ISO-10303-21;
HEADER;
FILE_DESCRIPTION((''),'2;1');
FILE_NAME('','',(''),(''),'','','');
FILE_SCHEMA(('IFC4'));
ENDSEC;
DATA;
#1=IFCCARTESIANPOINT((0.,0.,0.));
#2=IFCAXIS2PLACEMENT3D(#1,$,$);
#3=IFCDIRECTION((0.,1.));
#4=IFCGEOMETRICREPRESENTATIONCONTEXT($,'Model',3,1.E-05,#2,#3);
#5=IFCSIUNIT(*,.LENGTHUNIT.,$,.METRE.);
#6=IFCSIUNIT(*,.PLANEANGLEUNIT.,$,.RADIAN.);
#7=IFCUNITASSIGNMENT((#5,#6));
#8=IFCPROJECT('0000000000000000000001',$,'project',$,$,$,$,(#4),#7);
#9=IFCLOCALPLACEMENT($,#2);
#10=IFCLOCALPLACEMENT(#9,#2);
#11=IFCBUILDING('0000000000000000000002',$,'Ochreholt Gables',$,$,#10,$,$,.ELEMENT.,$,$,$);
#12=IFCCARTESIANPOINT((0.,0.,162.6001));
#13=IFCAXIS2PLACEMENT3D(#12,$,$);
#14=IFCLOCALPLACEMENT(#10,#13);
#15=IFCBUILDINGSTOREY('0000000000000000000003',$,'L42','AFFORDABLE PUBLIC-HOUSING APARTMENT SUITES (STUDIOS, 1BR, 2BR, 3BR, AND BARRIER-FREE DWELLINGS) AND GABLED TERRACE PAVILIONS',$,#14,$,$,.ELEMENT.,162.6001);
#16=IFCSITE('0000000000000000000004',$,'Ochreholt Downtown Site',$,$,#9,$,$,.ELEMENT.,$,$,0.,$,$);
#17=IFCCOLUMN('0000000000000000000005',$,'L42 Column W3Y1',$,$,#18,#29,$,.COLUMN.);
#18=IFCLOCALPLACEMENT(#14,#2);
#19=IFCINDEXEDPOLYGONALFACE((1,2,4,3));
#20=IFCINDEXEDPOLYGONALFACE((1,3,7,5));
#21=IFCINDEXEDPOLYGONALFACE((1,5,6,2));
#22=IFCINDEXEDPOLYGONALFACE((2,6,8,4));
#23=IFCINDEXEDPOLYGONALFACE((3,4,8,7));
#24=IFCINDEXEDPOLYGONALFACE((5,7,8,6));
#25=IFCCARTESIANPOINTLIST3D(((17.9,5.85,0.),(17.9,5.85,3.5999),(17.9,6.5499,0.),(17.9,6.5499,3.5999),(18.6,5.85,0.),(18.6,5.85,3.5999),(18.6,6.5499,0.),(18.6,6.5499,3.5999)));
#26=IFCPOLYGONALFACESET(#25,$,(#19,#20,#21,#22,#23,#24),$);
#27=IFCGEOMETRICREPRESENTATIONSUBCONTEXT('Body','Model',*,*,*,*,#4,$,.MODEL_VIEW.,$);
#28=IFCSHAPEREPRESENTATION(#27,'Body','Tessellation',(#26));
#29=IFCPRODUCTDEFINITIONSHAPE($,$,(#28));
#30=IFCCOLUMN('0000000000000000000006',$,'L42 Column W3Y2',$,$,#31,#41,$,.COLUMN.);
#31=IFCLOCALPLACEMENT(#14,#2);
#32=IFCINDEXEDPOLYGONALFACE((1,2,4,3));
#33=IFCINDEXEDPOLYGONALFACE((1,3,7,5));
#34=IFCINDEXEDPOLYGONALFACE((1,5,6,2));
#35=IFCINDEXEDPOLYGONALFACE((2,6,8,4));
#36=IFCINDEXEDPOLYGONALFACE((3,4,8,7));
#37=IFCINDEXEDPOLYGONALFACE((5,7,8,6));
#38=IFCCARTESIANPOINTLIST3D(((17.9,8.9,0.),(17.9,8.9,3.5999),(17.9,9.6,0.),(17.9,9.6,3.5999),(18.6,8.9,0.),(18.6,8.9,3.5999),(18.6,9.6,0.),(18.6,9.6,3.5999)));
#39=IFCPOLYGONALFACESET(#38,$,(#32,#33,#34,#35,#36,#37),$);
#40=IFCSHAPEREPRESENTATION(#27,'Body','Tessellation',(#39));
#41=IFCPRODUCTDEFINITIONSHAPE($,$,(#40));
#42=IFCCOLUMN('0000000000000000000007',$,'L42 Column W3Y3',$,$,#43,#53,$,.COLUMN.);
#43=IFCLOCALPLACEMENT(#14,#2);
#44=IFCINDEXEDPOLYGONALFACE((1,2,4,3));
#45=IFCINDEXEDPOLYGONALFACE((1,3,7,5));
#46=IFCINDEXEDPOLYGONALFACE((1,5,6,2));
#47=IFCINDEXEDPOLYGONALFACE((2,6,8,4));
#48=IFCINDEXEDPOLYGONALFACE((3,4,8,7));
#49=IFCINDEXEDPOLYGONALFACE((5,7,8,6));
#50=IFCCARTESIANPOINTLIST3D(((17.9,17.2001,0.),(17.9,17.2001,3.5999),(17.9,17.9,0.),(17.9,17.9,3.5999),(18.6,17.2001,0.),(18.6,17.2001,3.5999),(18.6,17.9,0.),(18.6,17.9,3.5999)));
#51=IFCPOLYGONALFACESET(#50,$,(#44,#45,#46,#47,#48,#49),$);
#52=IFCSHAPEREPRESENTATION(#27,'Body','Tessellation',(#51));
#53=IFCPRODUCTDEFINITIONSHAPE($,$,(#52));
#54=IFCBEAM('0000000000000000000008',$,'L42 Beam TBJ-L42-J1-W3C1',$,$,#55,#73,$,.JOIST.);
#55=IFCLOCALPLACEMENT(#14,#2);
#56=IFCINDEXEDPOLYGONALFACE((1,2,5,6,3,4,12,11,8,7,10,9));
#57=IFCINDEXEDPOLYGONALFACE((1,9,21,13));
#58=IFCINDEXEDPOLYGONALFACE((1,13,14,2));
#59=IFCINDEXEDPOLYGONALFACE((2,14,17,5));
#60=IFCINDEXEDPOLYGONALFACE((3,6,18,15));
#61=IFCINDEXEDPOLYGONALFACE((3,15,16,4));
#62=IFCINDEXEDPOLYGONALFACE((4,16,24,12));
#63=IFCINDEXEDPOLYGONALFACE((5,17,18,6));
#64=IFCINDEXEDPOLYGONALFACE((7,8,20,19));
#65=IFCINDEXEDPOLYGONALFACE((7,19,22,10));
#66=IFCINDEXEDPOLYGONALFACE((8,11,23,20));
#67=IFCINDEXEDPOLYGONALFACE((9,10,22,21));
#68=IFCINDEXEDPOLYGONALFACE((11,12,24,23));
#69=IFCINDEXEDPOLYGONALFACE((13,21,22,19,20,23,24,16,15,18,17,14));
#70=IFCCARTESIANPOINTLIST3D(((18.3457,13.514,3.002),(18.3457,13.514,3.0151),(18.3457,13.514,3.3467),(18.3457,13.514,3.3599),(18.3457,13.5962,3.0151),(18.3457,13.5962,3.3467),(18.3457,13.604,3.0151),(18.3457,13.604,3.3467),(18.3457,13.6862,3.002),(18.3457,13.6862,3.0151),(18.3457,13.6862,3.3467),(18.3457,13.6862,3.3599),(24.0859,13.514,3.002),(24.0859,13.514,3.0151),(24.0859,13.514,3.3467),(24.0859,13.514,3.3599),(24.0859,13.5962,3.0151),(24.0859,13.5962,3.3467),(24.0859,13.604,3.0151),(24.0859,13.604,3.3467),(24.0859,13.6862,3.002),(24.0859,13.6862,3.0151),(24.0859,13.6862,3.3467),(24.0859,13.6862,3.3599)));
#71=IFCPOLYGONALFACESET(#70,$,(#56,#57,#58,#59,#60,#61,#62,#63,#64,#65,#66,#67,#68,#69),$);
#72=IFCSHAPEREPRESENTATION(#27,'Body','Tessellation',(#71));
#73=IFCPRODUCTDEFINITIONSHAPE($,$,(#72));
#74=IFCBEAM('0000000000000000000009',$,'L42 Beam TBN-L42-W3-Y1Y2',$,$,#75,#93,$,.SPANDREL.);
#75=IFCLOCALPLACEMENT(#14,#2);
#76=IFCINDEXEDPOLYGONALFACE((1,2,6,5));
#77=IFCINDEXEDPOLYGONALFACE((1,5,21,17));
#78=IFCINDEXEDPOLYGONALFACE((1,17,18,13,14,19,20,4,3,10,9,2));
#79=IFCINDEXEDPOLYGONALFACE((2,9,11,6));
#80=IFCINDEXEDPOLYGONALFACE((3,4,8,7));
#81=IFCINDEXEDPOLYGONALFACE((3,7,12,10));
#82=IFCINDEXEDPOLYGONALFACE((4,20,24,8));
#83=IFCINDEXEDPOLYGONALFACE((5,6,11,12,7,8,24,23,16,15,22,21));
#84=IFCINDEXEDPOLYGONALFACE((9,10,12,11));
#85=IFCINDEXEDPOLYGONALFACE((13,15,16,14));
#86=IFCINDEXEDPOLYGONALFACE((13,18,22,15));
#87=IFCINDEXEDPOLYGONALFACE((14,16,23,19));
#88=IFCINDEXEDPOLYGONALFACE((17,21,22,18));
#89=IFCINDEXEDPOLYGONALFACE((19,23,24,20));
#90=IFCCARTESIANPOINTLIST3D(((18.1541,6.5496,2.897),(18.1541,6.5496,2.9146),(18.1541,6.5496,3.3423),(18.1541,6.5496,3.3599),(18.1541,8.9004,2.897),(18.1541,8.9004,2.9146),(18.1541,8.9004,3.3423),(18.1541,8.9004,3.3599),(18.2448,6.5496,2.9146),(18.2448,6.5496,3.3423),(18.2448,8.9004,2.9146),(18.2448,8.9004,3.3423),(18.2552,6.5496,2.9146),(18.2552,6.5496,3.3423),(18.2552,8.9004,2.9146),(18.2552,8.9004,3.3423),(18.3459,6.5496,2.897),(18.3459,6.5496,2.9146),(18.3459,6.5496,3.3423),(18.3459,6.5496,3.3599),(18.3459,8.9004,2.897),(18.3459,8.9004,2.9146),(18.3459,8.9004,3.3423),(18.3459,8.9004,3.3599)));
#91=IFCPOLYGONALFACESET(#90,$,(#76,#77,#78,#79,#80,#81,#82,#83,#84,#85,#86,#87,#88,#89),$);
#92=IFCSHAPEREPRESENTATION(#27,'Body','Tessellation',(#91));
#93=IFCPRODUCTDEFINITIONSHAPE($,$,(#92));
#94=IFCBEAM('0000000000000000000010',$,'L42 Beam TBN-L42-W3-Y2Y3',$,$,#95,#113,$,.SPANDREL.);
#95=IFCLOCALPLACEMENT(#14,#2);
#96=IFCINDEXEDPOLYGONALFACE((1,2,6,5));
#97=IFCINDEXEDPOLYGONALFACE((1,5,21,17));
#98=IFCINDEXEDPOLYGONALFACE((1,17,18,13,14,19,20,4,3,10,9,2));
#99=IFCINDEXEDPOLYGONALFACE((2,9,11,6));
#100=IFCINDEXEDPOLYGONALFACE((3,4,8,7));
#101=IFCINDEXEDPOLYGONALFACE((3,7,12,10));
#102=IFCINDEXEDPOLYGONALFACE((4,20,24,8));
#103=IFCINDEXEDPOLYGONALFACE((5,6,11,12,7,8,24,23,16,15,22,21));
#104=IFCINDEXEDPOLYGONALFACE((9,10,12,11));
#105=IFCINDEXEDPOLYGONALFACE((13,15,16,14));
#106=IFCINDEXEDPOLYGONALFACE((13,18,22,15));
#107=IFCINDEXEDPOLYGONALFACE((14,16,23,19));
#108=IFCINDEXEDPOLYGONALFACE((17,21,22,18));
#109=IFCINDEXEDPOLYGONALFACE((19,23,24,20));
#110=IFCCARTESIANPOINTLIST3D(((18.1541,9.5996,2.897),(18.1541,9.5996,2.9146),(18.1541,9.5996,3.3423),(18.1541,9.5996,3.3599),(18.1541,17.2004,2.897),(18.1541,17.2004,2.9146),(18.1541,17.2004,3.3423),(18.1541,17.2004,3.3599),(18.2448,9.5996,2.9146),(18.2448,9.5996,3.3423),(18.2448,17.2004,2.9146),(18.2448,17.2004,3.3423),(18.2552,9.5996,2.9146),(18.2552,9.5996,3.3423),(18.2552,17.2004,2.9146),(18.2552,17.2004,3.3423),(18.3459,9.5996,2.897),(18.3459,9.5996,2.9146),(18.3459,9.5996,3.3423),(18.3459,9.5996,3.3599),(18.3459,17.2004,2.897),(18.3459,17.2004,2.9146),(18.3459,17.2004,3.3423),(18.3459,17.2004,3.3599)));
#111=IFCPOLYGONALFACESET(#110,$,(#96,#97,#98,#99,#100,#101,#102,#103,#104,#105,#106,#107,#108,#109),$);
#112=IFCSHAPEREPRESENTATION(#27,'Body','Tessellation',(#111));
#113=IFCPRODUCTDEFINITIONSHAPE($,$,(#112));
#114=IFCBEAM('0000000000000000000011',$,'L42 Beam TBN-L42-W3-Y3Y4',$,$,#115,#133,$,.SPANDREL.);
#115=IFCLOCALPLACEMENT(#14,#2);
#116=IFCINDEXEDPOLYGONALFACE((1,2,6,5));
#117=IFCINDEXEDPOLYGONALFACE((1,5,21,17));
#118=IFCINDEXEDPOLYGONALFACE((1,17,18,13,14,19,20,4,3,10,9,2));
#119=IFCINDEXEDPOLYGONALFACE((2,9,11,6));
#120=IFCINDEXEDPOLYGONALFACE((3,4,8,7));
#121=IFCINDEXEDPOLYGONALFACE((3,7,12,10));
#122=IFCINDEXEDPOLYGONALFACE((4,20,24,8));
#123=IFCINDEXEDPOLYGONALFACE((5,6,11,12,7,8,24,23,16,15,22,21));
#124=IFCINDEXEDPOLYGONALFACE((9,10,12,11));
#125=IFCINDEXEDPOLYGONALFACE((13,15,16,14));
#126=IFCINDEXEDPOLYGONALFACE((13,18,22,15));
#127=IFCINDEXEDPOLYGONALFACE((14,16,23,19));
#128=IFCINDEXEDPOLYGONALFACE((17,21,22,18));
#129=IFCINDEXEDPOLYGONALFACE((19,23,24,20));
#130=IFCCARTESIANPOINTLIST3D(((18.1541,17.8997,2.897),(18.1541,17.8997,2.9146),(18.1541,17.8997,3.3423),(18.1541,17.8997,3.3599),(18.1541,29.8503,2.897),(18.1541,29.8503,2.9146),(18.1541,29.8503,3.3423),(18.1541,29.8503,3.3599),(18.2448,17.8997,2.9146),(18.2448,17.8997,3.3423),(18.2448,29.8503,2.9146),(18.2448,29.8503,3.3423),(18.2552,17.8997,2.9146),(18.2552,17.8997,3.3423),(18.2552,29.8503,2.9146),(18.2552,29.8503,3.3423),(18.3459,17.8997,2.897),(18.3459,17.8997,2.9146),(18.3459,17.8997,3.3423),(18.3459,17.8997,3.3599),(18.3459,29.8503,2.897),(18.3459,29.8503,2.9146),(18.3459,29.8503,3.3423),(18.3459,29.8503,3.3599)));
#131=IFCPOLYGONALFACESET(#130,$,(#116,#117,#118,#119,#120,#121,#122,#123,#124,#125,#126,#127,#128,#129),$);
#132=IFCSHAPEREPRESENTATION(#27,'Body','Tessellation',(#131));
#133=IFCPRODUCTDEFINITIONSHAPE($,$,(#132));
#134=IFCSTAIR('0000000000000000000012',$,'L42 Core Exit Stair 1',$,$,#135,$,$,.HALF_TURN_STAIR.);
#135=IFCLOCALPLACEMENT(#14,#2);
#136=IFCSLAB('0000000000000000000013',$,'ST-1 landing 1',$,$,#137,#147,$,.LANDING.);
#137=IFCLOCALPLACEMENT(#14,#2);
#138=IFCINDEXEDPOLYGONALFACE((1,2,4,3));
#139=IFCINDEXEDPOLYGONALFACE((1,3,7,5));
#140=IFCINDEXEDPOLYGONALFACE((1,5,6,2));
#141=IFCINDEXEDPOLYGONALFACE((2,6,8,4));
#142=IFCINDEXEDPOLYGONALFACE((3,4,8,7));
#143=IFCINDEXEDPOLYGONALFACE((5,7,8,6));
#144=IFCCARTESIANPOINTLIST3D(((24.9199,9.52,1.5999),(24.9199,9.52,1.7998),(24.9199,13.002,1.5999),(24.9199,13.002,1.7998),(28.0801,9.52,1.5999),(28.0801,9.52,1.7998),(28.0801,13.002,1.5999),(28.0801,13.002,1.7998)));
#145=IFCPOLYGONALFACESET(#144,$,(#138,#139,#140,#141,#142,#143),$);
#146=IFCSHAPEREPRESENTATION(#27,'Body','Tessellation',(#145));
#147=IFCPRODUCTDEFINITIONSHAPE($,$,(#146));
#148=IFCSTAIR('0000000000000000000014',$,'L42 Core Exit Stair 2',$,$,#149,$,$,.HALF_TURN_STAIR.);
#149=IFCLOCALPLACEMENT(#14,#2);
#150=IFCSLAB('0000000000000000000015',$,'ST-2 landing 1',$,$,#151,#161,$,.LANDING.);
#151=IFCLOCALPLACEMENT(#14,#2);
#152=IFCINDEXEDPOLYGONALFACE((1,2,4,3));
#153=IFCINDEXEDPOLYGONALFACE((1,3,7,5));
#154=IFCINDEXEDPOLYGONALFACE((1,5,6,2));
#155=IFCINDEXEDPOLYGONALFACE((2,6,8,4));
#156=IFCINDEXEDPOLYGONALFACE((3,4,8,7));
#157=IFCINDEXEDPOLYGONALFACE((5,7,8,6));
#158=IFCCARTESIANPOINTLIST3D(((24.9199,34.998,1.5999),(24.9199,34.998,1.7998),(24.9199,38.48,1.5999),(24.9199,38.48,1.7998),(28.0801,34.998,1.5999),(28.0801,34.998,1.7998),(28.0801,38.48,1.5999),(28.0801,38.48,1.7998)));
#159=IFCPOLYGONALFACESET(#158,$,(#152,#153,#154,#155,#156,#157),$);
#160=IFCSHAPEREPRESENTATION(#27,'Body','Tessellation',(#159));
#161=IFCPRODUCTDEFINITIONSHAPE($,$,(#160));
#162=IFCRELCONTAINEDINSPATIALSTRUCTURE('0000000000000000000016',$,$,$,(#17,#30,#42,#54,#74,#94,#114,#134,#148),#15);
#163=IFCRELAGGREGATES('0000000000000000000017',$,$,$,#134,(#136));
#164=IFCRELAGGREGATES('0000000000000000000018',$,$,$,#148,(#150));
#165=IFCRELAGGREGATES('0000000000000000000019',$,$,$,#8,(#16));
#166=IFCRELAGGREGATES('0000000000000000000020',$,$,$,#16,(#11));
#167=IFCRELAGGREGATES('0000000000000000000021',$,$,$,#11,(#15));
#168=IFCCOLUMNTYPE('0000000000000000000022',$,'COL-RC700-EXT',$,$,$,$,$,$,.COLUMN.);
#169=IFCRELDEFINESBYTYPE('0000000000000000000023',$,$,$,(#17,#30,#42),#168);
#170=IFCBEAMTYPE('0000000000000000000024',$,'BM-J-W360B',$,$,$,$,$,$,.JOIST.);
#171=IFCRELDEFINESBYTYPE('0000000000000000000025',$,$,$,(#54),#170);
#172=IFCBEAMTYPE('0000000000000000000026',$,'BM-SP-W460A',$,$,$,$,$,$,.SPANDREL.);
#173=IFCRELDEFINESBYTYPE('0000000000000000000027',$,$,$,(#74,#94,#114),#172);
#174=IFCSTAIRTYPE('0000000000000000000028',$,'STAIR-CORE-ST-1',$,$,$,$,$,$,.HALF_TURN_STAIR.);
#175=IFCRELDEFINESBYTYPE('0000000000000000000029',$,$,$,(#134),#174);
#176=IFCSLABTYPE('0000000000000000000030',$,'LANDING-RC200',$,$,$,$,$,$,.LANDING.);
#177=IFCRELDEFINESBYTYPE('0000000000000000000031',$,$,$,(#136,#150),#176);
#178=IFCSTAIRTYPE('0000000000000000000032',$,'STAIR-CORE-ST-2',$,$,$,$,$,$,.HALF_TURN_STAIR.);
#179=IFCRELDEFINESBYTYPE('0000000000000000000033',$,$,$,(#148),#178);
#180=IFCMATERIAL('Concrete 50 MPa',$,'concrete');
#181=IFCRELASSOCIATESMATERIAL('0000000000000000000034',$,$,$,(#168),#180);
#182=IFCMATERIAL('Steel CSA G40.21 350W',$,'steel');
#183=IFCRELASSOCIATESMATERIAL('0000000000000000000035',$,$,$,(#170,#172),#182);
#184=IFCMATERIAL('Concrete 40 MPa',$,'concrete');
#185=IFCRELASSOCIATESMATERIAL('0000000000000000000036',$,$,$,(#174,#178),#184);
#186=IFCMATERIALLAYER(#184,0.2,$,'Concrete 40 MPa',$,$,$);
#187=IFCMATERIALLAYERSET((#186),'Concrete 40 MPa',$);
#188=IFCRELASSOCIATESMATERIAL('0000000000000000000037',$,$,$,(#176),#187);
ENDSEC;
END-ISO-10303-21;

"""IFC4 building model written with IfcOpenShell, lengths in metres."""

from ifc_helpers import new_model, si_unit, direction, frame, origin, origin_2d, place, context, subcontext, project, spatial, polyline, rectangle, i_section, outline, extrude, material, layer, layer_set, material_profile, profile_set, type_object, element, aggregate, save


model = new_model("IFC4")

# Units and contexts
model_context = context("Model", 3, precision=1e-05, world=origin(), true_north=direction((0.0, 1.0)))
body_context = subcontext(model_context, "Body", "Model", "MODEL_VIEW")
ifc_project = project(units=[si_unit("LENGTHUNIT", "METRE"), si_unit("PLANEANGLEUNIT", "RADIAN")], contexts=[model_context])

# Site, building, storey
site_placement = place(None, origin())
site = spatial("IfcSite", under=ifc_project, at=site_placement, Name="Ochreholt Downtown Site", CompositionType="ELEMENT", RefElevation=0.0)
building_placement = place(site_placement, origin())
building = spatial("IfcBuilding", under=site, at=building_placement, Name="Ochreholt Gables", CompositionType="ELEMENT")
storey_placement = place(building_placement, frame((0.0, 0.0, 162.6001)))
storey = spatial("IfcBuildingStorey", under=building, at=storey_placement, Name="L42", Description="AFFORDABLE PUBLIC-HOUSING APARTMENT SUITES (STUDIOS, 1BR, 2BR, 3BR, AND BARRIER-FREE DWELLINGS) AND GABLED TERRACE PAVILIONS", CompositionType="ELEMENT", Elevation=162.6001)

# Columns
ifc_material_1 = material(Name="Concrete 50 MPa", Category="concrete")
ifc_material_profile_1 = material_profile(ifc_material_1, rectangle(XDim=0.7, YDim=0.7, at=origin_2d()), Name="RC700X700")
ifc_profile_set_1 = profile_set([ifc_material_profile_1], Name="Concrete 50 MPa")
column_type = type_object("IfcColumnType", Name="COL-RC700-EXT", PredefinedType="COLUMN", material=ifc_profile_set_1)
for number, where, z_axis, x_axis, name in (
    (1, (18.25, 6.2, 0.0), (0.0, 0.0, 1.0), (1.0, 0.0, 0.0), "L42 Column W3Y1"),
    (2, (18.25, 9.25, 0.0), (0.0, 0.0, 1.0), (1.0, 0.0, 0.0), "L42 Column W3Y2"),
    (3, (18.25, 17.55, 0.0), (0.0, 0.0, 1.0), (1.0, 0.0, 0.0), "L42 Column W3Y3"),
):
    element("IfcColumn", number, at=place(storey_placement, frame(where, z_axis=z_axis, x_axis=x_axis)), inside=storey, type_object=column_type, Name=name, PredefinedType="COLUMN", context=body_context, shape_type="SweptSolid", body=[
        extrude(rectangle(XDim=0.7, YDim=0.7, at=origin_2d()), origin(), (0.0, 0.0, 1.0), 3.5999),
    ])

# Beams
ifc_material_2 = material(Name="Steel CSA G40.21 350W", Category="steel")
ifc_material_profile_2 = material_profile(ifc_material_2, i_section(OverallWidth=0.1721, OverallDepth=0.3579, WebThickness=0.0078, FlangeThickness=0.0132, at=origin_2d()), Name="W360X57")
ifc_profile_set_2 = profile_set([ifc_material_profile_2], Name="Steel CSA G40.21 350W")
beam_type_1 = type_object("IfcBeamType", Name="BM-J-W360B", PredefinedType="JOIST", material=ifc_profile_set_2)
beam_1_placement = place(storey_placement, frame((18.3457, 13.6001, 3.1809), z_axis=(1.0, 0.0, 0.0), x_axis=(0.0, 1.0, 0.0)))
element("IfcBeam", 4, at=beam_1_placement, inside=storey, type_object=beam_type_1, Name="L42 Beam TBJ-L42-J1-W3C1", PredefinedType="JOIST", context=body_context, shape_type="SweptSolid", body=[
    extrude(i_section(OverallWidth=0.1721, OverallDepth=0.3579, WebThickness=0.0078, FlangeThickness=0.0132, at=origin_2d()), origin(), (0.0, 0.0, 1.0), 5.7402),
])
ifc_material_profile_3 = material_profile(ifc_material_2, i_section(OverallWidth=0.1919, OverallDepth=0.4629, WebThickness=0.0105, FlangeThickness=0.0176, at=origin_2d()), Name="W460X89")
ifc_profile_set_3 = profile_set([ifc_material_profile_3], Name="Steel CSA G40.21 350W")
beam_type_2 = type_object("IfcBeamType", Name="BM-SP-W460A", PredefinedType="SPANDREL", material=ifc_profile_set_3)
beam_2_placement = place(storey_placement, frame((18.25, 6.5496, 3.1284), z_axis=(0.0, 1.0, 0.0), x_axis=(-1.0, 0.0, 0.0)))
element("IfcBeam", 5, at=beam_2_placement, inside=storey, type_object=beam_type_2, Name="L42 Beam TBN-L42-W3-Y1Y2", PredefinedType="SPANDREL", context=body_context, shape_type="SweptSolid", body=[
    extrude(i_section(OverallWidth=0.1919, OverallDepth=0.4629, WebThickness=0.0105, FlangeThickness=0.0176, at=origin_2d()), origin(), (0.0, 0.0, 1.0), 2.3508),
])
beam_3_placement = place(storey_placement, frame((18.25, 9.5996, 3.1284), z_axis=(0.0, 1.0, 0.0), x_axis=(-1.0, 0.0, 0.0)))
element("IfcBeam", 6, at=beam_3_placement, inside=storey, type_object=beam_type_2, Name="L42 Beam TBN-L42-W3-Y2Y3", PredefinedType="SPANDREL", context=body_context, shape_type="SweptSolid", body=[
    extrude(i_section(OverallWidth=0.1919, OverallDepth=0.4629, WebThickness=0.0105, FlangeThickness=0.0176, at=origin_2d()), origin(), (0.0, 0.0, 1.0), 7.6008),
])
beam_4_placement = place(storey_placement, frame((18.25, 17.8997, 3.1284), z_axis=(0.0, 1.0, 0.0), x_axis=(-1.0, 0.0, 0.0)))
element("IfcBeam", 7, at=beam_4_placement, inside=storey, type_object=beam_type_2, Name="L42 Beam TBN-L42-W3-Y3Y4", PredefinedType="SPANDREL", context=body_context, shape_type="SweptSolid", body=[
    extrude(i_section(OverallWidth=0.1919, OverallDepth=0.4629, WebThickness=0.0105, FlangeThickness=0.0176, at=origin_2d()), origin(), (0.0, 0.0, 1.0), 11.9507),
])

# Stairs, slabs
ifc_material_3 = material(Name="Concrete 40 MPa", Category="concrete")
stair_type_1 = type_object("IfcStairType", Name="STAIR-CORE-ST-1", PredefinedType="HALF_TURN_STAIR", material=ifc_material_3)
stair_1_placement = place(storey_placement, origin())
stair_1 = element("IfcStair", 8, at=stair_1_placement, inside=storey, type_object=stair_type_1, Name="L42 Core Exit Stair 1", PredefinedType="HALF_TURN_STAIR")
ifc_layer_1 = layer(ifc_material_3, 0.2, Name="Concrete 40 MPa")
ifc_layer_set_1 = layer_set([ifc_layer_1], Name="Concrete 40 MPa")
slab_type_1 = type_object("IfcSlabType", Name="LANDING-RC200", PredefinedType="LANDING", material=ifc_layer_set_1)
slab_1_placement = place(storey_placement, frame((0.0, 0.0, 1.5999)))
slab_1 = element("IfcSlab", 9, at=slab_1_placement, type_object=slab_type_1, Name="ST-1 landing 1", PredefinedType="LANDING", context=body_context, shape_type="SweptSolid", body=[
    extrude(outline(polyline([(24.9199, 13.002), (24.9199, 9.52), (28.0801, 9.52), (28.0801, 13.002), (24.9199, 13.002)])), origin(), (0.0, 0.0, 1.0), 0.2),
])
aggregate(stair_1, [slab_1])
stair_type_2 = type_object("IfcStairType", Name="STAIR-CORE-ST-2", PredefinedType="HALF_TURN_STAIR", material=ifc_material_3)
stair_2_placement = place(storey_placement, origin())
stair_2 = element("IfcStair", 10, at=stair_2_placement, inside=storey, type_object=stair_type_2, Name="L42 Core Exit Stair 2", PredefinedType="HALF_TURN_STAIR")
slab_2_placement = place(storey_placement, frame((0.0, 0.0, 1.5999)))
slab_2 = element("IfcSlab", 11, at=slab_2_placement, type_object=slab_type_1, Name="ST-2 landing 1", PredefinedType="LANDING", context=body_context, shape_type="SweptSolid", body=[
    extrude(outline(polyline([(28.0801, 34.998), (28.0801, 38.48), (24.9199, 38.48), (24.9199, 34.998), (28.0801, 34.998)])), origin(), (0.0, 0.0, 1.0), 0.2),
])
aggregate(stair_2, [slab_2])

save(model, "model.ifc")
